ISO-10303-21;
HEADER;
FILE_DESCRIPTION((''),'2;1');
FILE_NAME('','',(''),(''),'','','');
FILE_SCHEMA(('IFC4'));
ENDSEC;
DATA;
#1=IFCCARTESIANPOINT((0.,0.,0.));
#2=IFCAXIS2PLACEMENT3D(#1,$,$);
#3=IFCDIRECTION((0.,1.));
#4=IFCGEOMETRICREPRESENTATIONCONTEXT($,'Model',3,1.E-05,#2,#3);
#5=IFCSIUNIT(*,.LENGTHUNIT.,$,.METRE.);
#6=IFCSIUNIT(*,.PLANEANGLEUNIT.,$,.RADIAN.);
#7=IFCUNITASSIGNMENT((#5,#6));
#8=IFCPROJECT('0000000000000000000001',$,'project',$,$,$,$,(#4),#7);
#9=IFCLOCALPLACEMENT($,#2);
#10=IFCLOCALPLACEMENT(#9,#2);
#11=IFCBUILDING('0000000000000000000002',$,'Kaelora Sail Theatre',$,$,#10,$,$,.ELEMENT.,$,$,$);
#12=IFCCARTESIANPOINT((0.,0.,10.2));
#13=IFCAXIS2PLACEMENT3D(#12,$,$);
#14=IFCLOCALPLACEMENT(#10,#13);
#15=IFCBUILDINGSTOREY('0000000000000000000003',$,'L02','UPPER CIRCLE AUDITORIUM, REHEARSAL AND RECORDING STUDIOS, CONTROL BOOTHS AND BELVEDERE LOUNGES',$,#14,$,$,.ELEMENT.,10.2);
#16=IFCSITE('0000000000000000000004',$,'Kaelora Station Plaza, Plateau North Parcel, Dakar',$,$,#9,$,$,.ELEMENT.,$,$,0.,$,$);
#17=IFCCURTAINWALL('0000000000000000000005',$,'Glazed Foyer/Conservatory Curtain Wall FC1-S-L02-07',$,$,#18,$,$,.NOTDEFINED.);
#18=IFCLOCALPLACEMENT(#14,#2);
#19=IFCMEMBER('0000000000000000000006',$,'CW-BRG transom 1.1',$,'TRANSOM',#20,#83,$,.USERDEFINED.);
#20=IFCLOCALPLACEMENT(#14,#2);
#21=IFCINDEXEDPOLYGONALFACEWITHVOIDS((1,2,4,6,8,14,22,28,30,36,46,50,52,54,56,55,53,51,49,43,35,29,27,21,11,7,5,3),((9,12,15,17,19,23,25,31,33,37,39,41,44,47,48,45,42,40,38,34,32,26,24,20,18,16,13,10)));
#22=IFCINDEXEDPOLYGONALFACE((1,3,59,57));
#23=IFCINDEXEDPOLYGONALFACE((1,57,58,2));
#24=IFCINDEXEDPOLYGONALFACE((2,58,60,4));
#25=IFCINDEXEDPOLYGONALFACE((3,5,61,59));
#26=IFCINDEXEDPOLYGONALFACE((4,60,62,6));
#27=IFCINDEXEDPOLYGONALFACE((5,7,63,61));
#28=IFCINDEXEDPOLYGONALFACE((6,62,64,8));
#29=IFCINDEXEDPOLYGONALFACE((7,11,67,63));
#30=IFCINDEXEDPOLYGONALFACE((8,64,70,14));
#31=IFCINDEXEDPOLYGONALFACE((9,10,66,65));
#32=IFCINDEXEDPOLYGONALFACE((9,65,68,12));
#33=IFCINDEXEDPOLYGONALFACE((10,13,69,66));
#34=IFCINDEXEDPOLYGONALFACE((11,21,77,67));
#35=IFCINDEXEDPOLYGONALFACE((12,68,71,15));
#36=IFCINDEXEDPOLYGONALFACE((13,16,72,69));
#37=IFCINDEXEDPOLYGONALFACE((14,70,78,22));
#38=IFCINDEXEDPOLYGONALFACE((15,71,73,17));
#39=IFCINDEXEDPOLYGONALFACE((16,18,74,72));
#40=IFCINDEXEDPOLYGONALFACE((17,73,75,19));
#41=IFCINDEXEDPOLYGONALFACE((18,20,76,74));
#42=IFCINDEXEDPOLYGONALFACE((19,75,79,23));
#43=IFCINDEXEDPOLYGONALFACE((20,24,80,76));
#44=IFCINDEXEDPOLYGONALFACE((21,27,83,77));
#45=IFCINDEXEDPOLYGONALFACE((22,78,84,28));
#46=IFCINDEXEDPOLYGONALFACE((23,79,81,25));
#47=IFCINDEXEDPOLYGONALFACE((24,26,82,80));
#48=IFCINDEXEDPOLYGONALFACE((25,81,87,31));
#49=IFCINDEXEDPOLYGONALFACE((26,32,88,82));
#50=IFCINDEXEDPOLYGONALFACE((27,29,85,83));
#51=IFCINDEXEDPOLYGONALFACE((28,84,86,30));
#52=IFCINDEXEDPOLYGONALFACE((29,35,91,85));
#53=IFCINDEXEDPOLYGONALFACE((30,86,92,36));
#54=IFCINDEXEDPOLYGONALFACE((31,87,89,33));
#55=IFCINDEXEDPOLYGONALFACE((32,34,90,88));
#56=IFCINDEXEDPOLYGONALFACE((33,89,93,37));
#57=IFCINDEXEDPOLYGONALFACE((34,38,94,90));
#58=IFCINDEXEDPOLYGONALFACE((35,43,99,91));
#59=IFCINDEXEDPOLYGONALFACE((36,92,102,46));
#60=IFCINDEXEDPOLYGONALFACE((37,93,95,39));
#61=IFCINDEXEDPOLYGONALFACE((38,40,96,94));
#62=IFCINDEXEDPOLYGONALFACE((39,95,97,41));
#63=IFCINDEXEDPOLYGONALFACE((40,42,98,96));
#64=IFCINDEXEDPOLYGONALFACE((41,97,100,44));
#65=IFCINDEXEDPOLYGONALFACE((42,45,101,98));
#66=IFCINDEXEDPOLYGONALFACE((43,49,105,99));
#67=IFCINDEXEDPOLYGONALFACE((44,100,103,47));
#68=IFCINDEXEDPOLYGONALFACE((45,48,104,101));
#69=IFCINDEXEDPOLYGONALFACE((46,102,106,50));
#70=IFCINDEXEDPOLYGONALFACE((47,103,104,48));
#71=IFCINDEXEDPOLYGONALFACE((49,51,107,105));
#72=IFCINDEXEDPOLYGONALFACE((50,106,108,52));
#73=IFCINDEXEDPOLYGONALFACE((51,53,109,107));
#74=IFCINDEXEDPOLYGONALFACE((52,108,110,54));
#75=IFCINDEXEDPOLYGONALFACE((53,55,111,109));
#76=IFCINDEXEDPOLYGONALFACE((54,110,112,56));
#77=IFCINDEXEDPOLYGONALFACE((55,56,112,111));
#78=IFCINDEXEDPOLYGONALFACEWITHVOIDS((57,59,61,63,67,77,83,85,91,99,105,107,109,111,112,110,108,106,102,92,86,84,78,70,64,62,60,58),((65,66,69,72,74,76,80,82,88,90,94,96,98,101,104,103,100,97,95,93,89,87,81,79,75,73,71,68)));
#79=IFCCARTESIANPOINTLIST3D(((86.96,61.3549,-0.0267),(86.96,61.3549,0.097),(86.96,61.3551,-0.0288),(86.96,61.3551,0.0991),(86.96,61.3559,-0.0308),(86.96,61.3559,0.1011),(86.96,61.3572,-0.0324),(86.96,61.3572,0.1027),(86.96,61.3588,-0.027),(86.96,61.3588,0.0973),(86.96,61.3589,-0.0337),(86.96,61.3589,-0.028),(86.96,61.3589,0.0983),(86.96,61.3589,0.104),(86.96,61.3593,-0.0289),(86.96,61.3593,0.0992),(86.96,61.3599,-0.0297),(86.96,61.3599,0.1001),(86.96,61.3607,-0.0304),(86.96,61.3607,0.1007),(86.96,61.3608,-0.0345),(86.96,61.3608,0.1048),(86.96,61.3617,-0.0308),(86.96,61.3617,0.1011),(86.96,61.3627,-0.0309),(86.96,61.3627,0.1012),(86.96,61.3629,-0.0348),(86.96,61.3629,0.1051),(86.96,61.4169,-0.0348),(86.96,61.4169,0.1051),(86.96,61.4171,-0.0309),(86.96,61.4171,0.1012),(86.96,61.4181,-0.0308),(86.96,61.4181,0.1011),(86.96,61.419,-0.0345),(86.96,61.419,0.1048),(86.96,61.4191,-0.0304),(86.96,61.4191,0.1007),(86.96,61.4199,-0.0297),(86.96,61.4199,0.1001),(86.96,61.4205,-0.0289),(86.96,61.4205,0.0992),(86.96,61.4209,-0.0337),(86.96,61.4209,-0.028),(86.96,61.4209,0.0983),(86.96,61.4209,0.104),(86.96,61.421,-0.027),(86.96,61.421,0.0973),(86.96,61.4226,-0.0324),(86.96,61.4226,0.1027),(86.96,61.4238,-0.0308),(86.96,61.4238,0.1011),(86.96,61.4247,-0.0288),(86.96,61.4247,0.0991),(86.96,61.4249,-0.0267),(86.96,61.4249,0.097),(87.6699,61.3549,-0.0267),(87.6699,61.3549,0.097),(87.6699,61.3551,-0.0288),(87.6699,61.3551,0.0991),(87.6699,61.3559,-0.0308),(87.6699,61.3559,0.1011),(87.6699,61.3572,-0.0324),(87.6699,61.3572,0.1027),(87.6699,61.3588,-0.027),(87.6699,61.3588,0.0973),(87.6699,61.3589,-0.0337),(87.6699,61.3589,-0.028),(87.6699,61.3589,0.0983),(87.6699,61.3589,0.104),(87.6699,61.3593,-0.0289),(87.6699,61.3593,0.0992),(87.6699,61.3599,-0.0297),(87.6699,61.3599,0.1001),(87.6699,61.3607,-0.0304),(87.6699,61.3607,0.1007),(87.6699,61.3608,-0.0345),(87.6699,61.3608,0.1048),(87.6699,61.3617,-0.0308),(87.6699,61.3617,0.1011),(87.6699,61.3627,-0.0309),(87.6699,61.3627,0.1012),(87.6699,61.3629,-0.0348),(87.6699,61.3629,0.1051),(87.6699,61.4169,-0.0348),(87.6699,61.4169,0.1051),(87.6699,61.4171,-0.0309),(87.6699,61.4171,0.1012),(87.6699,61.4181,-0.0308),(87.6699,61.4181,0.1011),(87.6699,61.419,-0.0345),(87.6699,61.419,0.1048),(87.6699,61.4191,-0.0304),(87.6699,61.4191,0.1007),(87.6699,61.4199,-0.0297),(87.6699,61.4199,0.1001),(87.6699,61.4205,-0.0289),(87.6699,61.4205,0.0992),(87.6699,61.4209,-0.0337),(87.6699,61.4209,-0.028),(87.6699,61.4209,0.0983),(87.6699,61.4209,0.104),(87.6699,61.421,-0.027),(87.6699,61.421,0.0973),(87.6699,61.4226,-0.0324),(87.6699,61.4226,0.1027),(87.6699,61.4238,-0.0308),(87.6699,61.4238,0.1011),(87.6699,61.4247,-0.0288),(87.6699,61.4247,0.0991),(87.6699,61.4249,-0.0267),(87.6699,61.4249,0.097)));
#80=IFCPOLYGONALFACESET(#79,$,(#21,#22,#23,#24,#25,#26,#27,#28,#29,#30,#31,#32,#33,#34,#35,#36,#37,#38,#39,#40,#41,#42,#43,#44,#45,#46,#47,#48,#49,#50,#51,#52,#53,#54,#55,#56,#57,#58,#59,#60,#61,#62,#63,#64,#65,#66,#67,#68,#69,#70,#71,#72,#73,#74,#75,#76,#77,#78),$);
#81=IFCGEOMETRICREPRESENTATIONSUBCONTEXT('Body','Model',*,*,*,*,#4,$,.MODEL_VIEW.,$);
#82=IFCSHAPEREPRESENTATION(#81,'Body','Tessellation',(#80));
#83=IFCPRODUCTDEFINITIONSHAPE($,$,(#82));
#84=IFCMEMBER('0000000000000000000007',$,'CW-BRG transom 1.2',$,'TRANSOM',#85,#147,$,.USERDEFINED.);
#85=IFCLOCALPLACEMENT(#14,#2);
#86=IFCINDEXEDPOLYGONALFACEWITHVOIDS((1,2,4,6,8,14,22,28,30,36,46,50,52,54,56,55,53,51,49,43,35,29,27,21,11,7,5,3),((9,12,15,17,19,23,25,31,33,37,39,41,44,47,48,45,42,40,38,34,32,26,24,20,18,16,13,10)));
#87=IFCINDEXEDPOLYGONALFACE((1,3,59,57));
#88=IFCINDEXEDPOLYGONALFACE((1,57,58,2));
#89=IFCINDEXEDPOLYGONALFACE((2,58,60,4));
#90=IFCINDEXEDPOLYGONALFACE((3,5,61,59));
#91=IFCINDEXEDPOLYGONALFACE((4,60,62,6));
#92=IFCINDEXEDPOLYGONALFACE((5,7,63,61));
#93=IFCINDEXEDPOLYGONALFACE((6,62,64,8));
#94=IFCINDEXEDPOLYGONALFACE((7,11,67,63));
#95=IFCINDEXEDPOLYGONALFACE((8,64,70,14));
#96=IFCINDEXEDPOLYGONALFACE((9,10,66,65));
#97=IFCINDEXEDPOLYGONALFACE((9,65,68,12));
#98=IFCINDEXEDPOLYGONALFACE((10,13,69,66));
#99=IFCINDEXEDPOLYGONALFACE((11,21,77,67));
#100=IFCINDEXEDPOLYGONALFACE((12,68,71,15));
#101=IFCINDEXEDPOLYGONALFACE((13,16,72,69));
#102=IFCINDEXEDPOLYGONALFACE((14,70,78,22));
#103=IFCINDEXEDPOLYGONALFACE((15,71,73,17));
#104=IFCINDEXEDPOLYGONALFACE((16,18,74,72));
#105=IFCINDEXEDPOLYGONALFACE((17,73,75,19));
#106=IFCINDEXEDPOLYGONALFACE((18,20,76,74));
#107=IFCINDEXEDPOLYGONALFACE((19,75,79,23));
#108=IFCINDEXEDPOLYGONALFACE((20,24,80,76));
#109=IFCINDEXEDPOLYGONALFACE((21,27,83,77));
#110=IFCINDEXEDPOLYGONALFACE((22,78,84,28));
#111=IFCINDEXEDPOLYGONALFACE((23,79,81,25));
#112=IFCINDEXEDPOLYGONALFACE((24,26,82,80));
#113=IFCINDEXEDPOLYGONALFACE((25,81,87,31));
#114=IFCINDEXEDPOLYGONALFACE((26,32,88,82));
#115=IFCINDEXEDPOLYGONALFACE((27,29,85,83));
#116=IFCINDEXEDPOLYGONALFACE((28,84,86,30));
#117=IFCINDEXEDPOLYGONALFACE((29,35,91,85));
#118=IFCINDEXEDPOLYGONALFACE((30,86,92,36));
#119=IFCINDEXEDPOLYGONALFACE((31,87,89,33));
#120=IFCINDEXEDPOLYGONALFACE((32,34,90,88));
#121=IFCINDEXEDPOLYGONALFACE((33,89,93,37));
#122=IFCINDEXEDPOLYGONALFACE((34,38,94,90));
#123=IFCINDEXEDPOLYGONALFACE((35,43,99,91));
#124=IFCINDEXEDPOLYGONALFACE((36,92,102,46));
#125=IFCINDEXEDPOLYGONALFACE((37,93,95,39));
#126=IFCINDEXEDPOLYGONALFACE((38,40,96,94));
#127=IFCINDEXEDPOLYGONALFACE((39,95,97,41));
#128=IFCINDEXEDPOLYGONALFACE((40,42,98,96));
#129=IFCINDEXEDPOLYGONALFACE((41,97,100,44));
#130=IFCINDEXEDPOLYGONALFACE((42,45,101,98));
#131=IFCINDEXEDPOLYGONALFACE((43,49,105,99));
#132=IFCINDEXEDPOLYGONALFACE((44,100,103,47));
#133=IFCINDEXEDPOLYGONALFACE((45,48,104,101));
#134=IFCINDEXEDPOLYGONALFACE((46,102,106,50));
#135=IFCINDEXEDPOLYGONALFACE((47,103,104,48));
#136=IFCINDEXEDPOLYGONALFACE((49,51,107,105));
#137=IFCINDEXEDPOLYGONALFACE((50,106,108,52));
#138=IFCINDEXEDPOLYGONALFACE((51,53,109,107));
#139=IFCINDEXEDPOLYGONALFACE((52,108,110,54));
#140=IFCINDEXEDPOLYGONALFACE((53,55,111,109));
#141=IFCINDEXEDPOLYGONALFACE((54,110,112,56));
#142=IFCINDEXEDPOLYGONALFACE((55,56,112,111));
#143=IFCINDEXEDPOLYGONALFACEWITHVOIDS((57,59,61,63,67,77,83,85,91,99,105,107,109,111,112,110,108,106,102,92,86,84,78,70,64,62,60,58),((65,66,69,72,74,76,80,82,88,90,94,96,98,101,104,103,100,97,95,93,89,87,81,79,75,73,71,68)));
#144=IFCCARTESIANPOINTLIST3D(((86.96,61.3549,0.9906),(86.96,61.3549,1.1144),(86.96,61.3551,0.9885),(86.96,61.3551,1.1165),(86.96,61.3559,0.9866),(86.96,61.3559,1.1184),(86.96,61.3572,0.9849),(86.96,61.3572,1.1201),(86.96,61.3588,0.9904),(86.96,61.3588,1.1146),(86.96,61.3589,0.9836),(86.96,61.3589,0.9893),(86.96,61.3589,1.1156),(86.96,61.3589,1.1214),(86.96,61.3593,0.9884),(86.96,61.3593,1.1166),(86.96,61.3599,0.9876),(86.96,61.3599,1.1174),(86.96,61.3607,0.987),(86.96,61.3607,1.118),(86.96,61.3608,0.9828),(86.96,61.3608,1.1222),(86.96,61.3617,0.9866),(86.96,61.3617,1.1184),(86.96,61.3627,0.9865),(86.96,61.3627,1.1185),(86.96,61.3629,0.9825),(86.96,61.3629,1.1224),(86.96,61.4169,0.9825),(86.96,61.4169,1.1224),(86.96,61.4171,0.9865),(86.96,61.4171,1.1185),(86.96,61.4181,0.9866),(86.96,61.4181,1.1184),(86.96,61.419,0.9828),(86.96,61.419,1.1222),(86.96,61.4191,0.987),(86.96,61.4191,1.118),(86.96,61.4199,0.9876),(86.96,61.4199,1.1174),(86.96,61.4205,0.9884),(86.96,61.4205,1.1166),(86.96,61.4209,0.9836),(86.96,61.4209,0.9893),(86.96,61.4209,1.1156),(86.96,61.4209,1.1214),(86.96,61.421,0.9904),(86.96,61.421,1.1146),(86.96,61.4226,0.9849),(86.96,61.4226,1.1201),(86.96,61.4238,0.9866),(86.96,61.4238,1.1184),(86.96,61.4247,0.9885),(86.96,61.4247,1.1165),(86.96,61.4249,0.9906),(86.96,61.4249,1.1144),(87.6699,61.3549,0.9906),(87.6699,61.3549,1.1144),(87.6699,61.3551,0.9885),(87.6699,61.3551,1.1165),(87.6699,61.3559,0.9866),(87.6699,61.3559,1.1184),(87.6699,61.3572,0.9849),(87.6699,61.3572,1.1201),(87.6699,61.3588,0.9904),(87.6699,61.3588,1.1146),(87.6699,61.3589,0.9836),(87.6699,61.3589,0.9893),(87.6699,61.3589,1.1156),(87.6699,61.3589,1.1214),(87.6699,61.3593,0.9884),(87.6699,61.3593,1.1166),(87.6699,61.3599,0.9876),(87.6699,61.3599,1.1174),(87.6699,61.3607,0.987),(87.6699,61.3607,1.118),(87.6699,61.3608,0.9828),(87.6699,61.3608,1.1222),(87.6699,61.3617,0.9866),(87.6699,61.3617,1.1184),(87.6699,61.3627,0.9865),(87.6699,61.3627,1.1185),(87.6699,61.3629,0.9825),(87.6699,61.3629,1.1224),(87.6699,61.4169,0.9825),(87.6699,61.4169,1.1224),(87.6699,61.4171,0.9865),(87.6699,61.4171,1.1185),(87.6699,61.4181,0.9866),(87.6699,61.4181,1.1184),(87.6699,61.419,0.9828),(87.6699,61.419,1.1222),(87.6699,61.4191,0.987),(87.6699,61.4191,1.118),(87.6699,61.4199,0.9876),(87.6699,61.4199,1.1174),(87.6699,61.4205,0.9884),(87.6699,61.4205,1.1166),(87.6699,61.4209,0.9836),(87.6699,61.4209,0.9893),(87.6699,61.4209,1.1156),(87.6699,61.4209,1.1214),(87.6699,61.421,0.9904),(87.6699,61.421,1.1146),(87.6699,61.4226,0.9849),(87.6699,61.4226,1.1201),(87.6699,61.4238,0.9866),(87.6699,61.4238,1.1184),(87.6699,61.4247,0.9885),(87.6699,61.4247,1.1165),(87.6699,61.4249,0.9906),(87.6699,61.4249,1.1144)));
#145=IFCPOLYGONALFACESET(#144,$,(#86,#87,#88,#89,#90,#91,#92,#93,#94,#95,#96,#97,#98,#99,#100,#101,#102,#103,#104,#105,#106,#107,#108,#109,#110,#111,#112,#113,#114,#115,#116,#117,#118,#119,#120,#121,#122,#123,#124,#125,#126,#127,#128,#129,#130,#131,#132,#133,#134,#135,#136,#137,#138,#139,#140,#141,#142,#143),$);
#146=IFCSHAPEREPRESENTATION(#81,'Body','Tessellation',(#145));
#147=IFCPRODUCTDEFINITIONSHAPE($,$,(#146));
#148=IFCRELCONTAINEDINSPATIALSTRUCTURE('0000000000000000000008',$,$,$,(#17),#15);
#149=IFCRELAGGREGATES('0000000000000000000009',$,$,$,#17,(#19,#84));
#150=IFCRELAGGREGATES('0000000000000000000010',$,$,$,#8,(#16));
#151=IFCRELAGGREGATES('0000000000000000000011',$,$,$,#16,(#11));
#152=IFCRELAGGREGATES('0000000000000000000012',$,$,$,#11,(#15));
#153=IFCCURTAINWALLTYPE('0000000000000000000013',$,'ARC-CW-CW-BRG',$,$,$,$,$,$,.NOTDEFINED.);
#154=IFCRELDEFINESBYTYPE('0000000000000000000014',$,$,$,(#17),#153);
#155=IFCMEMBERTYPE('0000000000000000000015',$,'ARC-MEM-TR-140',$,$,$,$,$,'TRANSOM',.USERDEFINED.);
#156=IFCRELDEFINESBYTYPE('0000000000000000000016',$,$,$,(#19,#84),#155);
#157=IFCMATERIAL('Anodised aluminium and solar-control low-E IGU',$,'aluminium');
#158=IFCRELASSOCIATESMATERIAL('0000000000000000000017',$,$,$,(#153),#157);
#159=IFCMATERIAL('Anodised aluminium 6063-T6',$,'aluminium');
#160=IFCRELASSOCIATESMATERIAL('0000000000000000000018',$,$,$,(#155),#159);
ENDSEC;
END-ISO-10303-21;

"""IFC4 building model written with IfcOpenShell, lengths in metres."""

from ifc_helpers import new_model, si_unit, direction, frame, origin, origin_2d, place, context, subcontext, project, spatial, hollow_rectangle, extrude, material, material_profile, profile_set, type_object, element, aggregate, save


model = new_model("IFC4")

# Units and contexts
model_context = context("Model", 3, precision=1e-05, world=origin(), true_north=direction((0.0, 1.0)))
body_context = subcontext(model_context, "Body", "Model", "MODEL_VIEW")
ifc_project = project(units=[si_unit("LENGTHUNIT", "METRE"), si_unit("PLANEANGLEUNIT", "RADIAN")], contexts=[model_context])

# Site, building, storey
site_placement = place(None, origin())
site = spatial("IfcSite", under=ifc_project, at=site_placement, Name="Kaelora Station Plaza, Plateau North Parcel, Dakar", CompositionType="ELEMENT", RefElevation=0.0)
building_placement = place(site_placement, origin())
building = spatial("IfcBuilding", under=site, at=building_placement, Name="Kaelora Sail Theatre", CompositionType="ELEMENT")
storey_placement = place(building_placement, frame((0.0, 0.0, 10.2)))
storey = spatial("IfcBuildingStorey", under=building, at=storey_placement, Name="L02", Description="UPPER CIRCLE AUDITORIUM, REHEARSAL AND RECORDING STUDIOS, CONTROL BOOTHS AND BELVEDERE LOUNGES", CompositionType="ELEMENT", Elevation=10.2)

# Shared definitions
ifc_material_1 = material(Name="Anodised aluminium and solar-control low-E IGU", Category="aluminium")
curtain_wall_type = type_object("IfcCurtainWallType", Name="ARC-CW-CW-BRG", PredefinedType="NOTDEFINED", material=ifc_material_1)

# Curtain wall
curtain_wall_1_placement = place(storey_placement, origin())
curtain_wall_1 = element("IfcCurtainWall", 1, at=curtain_wall_1_placement, inside=storey, type_object=curtain_wall_type, Name="Glazed Foyer/Conservatory Curtain Wall FC1-S-L02-07", PredefinedType="NOTDEFINED")

# Members
ifc_material_2 = material(Name="Anodised aluminium 6063-T6", Category="aluminium")
ifc_material_profile_1 = material_profile(ifc_material_2, hollow_rectangle(XDim=0.0701, YDim=0.1399, WallThickness=0.0039, InnerFilletRadius=0.0039, OuterFilletRadius=0.0081, at=origin_2d()), Name="ALU-TRAN 70x140x4")
ifc_profile_set_1 = profile_set([ifc_material_profile_1], Name="Anodised aluminium 6063-T6")
member_type_1 = type_object("IfcMemberType", Name="ARC-MEM-TR-140", ElementType="TRANSOM", PredefinedType="USERDEFINED", material=ifc_profile_set_1)
member_1_placement = place(storey_placement, frame((86.96, 61.3899, 0.0352), z_axis=(1.0, 0.0, 0.0), x_axis=(0.0, 1.0, 0.0)))
member_1 = element("IfcMember", 2, at=member_1_placement, type_object=member_type_1, Name="CW-BRG transom 1.1", ObjectType="TRANSOM", PredefinedType="USERDEFINED", context=body_context, shape_type="SweptSolid", body=[
    extrude(hollow_rectangle(XDim=0.0701, YDim=0.1399, WallThickness=0.0039, InnerFilletRadius=0.0039, OuterFilletRadius=0.0081, at=origin_2d()), origin(), (0.0, 0.0, 1.0), 0.71),
])
member_2_placement = place(storey_placement, frame((86.96, 61.3899, 1.0525), z_axis=(1.0, 0.0, 0.0), x_axis=(0.0, 1.0, 0.0)))
member_2 = element("IfcMember", 3, at=member_2_placement, type_object=member_type_1, Name="CW-BRG transom 1.2", ObjectType="TRANSOM", PredefinedType="USERDEFINED", context=body_context, shape_type="SweptSolid", body=[
    extrude(hollow_rectangle(XDim=0.0701, YDim=0.1399, WallThickness=0.0039, InnerFilletRadius=0.0039, OuterFilletRadius=0.0081, at=origin_2d()), origin(), (0.0, 0.0, 1.0), 0.71),
])

aggregate(curtain_wall_1, [member_1, member_2])

save(model, "model.ifc")
